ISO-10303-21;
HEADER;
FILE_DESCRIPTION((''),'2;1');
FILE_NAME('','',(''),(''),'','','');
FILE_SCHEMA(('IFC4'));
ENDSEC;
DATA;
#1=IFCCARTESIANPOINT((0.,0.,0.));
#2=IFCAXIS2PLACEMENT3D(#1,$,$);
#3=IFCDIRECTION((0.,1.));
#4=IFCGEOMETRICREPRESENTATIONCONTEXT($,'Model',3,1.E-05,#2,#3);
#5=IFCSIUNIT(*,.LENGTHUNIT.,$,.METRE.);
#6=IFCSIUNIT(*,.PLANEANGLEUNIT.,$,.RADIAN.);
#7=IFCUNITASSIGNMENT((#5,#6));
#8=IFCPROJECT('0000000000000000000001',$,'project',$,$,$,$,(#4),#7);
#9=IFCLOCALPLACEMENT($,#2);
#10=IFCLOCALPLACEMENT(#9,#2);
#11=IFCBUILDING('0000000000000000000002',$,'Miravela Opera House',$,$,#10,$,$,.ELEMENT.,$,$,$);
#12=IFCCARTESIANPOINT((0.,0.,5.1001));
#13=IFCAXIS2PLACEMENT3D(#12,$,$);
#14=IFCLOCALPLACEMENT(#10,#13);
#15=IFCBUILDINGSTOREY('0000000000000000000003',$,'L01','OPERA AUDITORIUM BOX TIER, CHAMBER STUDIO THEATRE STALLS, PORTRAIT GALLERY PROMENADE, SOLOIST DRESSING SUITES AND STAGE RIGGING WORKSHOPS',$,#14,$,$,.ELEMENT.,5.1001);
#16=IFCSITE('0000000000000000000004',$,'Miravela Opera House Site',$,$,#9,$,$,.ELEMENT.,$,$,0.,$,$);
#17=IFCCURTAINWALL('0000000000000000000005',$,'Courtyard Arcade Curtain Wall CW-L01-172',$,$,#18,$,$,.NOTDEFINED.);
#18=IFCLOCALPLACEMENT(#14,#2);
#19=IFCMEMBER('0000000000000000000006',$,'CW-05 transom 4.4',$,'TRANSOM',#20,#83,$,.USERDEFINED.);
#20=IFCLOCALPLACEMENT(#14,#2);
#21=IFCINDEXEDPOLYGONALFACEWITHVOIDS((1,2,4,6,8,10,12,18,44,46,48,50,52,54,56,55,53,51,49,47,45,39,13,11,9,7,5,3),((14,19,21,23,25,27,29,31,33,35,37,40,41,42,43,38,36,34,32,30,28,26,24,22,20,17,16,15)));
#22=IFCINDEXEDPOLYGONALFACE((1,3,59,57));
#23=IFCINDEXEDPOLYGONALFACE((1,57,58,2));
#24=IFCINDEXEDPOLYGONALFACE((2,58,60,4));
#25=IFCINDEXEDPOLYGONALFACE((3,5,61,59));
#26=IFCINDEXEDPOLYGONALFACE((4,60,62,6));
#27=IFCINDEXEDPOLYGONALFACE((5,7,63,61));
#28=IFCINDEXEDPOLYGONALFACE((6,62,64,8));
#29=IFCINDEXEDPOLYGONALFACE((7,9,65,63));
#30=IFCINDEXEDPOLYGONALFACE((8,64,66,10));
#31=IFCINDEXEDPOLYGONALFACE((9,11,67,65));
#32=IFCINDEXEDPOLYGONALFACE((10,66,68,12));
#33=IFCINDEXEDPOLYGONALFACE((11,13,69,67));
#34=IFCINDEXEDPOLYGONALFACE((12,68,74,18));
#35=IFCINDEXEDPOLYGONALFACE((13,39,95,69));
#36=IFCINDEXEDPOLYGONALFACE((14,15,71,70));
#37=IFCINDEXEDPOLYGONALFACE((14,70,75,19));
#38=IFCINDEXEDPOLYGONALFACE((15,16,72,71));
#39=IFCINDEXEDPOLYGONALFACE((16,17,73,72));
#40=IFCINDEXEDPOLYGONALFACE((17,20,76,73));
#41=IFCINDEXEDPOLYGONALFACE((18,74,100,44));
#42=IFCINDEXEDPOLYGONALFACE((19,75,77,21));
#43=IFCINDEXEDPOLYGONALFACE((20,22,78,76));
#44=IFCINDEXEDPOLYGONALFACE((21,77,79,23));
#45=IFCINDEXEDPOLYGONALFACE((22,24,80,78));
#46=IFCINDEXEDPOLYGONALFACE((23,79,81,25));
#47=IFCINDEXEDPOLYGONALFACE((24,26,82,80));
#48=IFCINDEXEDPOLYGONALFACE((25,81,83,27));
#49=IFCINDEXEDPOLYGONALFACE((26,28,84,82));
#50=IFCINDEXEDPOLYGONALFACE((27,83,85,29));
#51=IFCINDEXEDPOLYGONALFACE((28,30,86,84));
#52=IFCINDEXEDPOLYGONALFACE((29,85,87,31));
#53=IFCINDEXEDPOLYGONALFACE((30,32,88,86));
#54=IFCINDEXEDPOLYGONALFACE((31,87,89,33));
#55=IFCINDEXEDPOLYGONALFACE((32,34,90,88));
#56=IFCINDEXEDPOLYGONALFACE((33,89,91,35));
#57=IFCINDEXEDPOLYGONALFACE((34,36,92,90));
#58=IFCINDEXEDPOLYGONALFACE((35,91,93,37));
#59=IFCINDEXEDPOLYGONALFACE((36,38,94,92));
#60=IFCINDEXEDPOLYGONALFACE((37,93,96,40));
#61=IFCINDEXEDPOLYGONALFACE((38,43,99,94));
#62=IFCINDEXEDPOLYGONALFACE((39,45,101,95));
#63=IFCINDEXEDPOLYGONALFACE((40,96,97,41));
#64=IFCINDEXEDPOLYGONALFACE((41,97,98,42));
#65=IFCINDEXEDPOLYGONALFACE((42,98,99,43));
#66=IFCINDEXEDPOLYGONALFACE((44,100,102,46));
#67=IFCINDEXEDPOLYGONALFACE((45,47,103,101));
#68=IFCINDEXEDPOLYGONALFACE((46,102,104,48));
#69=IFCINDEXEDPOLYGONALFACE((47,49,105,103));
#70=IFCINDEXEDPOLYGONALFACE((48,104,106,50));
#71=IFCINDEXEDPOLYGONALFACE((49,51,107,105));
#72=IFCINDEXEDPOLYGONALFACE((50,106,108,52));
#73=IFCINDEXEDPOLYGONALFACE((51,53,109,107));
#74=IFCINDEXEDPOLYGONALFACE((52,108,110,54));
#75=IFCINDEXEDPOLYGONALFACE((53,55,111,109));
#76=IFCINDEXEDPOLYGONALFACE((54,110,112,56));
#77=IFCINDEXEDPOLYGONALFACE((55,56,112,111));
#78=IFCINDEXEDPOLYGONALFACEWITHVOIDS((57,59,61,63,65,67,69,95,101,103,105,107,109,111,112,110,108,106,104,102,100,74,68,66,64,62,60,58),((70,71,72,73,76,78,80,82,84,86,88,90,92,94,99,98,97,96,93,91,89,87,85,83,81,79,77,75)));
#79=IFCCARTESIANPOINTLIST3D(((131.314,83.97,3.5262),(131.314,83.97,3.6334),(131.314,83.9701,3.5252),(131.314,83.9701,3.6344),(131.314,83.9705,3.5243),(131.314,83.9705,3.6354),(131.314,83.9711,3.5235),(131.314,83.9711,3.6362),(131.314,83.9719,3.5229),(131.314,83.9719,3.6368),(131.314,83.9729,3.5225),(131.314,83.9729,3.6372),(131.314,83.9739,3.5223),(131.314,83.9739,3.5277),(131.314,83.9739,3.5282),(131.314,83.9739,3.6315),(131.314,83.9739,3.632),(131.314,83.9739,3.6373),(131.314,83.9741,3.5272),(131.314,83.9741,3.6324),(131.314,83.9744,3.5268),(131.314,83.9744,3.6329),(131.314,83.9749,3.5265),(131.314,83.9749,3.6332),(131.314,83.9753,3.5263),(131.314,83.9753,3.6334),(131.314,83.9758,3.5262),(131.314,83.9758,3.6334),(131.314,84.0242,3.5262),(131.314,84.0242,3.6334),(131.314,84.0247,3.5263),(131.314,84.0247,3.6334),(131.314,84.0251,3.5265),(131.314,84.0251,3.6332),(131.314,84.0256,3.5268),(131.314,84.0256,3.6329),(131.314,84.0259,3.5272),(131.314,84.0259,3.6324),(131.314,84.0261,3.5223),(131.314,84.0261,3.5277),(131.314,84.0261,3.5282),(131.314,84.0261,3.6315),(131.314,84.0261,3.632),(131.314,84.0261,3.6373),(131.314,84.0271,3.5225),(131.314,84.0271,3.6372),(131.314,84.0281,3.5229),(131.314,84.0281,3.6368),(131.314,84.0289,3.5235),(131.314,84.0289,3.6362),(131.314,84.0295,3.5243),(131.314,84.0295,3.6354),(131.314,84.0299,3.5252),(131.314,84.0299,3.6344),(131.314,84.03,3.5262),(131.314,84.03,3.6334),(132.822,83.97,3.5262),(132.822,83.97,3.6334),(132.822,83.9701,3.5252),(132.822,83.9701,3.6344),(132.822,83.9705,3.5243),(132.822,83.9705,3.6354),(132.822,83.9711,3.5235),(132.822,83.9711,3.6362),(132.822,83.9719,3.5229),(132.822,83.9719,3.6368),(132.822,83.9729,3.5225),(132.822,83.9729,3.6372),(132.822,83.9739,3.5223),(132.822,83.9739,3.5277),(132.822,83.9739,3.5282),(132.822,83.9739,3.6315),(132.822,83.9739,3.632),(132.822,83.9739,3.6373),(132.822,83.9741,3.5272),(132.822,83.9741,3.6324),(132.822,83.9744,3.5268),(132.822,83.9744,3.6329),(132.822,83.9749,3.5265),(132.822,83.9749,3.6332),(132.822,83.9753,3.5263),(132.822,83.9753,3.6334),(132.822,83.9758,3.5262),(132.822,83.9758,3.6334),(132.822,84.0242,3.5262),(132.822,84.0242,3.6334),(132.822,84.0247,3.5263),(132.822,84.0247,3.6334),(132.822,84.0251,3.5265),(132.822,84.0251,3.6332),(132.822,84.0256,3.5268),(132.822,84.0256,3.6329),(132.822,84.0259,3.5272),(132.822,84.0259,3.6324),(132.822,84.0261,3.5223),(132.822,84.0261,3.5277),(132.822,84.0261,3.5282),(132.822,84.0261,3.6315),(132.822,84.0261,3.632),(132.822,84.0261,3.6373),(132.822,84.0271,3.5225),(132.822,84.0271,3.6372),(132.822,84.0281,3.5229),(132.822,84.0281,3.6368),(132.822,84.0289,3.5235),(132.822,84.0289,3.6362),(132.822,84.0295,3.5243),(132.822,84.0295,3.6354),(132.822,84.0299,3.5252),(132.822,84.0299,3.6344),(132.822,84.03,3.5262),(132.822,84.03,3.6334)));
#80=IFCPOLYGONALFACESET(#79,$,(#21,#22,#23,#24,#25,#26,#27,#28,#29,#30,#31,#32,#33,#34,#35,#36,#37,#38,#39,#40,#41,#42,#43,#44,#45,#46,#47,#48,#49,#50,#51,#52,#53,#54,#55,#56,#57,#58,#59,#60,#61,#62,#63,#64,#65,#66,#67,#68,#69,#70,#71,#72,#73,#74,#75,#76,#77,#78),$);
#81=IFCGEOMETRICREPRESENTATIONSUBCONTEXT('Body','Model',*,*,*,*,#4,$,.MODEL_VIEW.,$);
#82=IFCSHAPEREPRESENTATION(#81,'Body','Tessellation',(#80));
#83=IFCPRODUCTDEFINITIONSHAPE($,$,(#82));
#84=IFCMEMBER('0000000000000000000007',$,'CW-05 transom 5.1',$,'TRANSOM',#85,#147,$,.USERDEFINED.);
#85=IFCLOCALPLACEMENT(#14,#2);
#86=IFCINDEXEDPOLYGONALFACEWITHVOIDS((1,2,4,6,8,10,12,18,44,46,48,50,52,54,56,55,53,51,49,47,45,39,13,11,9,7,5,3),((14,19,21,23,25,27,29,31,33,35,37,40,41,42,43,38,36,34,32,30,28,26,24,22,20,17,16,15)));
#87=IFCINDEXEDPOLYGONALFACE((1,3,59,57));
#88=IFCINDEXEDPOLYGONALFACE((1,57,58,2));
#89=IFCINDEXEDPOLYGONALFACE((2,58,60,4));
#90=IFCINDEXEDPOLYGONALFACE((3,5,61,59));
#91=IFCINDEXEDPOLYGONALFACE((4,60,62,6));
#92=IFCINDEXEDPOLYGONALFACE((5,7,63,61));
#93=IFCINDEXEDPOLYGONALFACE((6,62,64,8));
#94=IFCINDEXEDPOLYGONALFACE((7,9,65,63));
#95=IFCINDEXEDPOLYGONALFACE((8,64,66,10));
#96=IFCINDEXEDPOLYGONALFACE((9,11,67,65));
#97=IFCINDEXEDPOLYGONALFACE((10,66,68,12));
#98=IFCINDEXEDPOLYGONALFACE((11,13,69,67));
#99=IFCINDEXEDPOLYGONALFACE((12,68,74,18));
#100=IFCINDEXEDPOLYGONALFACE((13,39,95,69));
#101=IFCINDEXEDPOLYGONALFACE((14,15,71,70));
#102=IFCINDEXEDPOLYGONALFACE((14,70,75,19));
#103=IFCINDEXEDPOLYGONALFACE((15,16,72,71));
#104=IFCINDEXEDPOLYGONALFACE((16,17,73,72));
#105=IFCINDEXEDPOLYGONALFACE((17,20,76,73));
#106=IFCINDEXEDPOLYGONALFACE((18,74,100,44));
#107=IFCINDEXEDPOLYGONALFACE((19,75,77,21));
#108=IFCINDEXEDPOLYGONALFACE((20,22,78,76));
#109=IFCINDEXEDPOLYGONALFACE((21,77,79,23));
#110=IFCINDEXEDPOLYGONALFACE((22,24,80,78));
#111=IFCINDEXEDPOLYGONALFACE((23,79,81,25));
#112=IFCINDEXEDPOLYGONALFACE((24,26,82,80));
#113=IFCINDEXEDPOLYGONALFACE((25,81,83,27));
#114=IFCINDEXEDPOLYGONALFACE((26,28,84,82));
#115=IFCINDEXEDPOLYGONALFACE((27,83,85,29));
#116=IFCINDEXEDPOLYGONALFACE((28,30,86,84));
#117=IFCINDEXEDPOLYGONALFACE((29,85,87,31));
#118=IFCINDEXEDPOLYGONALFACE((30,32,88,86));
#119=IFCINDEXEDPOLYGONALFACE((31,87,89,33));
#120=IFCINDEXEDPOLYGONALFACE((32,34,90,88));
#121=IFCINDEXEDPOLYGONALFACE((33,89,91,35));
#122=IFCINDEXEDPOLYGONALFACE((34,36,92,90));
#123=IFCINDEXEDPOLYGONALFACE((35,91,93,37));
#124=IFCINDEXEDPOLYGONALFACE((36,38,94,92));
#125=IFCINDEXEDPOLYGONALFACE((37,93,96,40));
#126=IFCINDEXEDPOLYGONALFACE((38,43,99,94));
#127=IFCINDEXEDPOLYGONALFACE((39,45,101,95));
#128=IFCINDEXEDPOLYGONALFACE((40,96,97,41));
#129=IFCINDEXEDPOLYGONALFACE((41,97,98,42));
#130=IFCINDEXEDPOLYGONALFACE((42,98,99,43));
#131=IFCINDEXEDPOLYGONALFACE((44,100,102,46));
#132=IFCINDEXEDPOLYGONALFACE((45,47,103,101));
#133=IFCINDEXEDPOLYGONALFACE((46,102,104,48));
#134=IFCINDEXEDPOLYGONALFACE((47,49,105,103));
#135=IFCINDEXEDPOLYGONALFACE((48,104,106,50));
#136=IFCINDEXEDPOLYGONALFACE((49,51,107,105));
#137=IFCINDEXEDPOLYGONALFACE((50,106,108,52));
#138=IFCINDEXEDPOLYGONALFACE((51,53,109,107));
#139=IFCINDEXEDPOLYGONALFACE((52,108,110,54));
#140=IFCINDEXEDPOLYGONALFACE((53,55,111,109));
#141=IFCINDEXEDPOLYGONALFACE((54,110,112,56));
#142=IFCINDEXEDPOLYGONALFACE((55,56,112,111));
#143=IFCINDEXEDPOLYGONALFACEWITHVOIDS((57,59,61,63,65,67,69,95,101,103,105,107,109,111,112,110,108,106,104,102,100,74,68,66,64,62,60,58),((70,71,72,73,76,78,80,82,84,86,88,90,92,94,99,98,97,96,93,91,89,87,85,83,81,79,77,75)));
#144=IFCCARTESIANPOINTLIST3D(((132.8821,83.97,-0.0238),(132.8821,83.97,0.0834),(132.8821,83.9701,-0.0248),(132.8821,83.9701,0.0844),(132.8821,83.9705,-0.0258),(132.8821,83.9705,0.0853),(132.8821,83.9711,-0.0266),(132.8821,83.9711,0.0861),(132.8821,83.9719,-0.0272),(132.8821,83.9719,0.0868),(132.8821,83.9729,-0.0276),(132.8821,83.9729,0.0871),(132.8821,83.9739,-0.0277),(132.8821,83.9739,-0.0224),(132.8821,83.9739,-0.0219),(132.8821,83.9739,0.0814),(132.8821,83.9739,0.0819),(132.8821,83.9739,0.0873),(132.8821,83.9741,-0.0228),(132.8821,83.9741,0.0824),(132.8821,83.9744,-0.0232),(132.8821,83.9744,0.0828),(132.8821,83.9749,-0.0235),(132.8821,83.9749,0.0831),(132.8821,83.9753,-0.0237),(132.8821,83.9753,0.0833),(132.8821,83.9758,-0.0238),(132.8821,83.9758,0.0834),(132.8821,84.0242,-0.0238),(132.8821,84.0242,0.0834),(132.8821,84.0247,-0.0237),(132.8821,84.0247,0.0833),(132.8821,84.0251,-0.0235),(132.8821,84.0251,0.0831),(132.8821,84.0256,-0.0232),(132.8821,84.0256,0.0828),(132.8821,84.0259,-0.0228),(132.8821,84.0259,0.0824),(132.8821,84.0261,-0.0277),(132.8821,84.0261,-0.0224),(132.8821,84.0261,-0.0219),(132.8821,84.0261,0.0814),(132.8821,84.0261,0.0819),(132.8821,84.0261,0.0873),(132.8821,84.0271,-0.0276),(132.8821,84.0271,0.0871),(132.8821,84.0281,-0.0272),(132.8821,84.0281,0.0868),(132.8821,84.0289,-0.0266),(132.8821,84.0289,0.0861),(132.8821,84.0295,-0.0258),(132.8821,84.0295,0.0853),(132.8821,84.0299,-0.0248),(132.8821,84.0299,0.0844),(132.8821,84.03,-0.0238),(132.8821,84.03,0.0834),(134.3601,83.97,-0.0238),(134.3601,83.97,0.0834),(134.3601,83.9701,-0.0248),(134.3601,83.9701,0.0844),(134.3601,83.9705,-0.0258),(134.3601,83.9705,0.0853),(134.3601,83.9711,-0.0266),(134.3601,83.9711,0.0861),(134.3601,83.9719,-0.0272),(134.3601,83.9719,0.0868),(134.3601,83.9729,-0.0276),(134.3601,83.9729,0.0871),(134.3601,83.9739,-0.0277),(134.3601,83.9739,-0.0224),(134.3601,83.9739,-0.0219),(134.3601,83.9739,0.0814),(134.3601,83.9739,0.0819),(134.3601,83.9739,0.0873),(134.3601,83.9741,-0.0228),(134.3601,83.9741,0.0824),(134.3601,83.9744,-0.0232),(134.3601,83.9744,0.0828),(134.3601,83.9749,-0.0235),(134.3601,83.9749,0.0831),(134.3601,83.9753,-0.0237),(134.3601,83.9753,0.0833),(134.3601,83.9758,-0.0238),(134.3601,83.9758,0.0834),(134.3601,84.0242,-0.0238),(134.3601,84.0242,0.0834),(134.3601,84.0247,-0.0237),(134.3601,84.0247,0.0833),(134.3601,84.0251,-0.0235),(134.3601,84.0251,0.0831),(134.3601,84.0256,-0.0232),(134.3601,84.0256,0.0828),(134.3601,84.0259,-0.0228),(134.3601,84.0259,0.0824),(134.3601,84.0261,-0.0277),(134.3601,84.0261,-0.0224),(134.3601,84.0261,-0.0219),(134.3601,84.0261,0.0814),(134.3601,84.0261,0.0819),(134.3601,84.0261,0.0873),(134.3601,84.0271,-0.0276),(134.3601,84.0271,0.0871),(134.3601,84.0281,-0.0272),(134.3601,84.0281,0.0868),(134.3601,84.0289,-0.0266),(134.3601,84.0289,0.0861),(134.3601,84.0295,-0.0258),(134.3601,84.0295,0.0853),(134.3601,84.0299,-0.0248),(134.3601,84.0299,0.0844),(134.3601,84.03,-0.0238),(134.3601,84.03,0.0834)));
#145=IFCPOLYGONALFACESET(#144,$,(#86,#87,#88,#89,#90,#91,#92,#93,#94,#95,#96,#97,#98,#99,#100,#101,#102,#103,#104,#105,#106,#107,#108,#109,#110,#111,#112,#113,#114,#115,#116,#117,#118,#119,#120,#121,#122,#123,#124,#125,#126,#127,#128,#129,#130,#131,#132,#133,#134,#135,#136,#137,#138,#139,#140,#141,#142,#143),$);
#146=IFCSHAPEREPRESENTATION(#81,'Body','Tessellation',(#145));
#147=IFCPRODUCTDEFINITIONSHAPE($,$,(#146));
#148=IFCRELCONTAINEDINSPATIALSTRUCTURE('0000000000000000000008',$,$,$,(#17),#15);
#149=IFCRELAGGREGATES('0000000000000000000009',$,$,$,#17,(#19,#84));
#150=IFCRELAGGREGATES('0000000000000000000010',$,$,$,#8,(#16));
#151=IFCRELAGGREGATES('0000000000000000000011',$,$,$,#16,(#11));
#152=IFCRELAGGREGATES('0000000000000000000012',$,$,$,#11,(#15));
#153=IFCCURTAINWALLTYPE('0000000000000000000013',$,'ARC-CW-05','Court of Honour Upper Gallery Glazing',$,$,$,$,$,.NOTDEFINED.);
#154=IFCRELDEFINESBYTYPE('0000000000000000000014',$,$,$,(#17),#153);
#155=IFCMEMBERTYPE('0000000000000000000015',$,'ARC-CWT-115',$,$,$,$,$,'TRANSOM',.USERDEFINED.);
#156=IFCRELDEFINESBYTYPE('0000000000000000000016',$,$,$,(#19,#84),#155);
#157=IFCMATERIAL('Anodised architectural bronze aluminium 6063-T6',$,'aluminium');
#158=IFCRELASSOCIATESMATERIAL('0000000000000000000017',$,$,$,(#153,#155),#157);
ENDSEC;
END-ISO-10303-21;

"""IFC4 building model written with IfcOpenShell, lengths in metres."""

from ifc_helpers import new_model, si_unit, direction, frame, origin, origin_2d, place, context, subcontext, project, spatial, hollow_rectangle, extrude, material, material_profile, profile_set, type_object, element, aggregate, save


model = new_model("IFC4")

# Units and contexts
model_context = context("Model", 3, precision=1e-05, world=origin(), true_north=direction((0.0, 1.0)))
body_context = subcontext(model_context, "Body", "Model", "MODEL_VIEW")
ifc_project = project(units=[si_unit("LENGTHUNIT", "METRE"), si_unit("PLANEANGLEUNIT", "RADIAN")], contexts=[model_context])

# Site, building, storey
site_placement = place(None, origin())
site = spatial("IfcSite", under=ifc_project, at=site_placement, Name="Miravela Opera House Site", CompositionType="ELEMENT", RefElevation=0.0)
building_placement = place(site_placement, origin())
building = spatial("IfcBuilding", under=site, at=building_placement, Name="Miravela Opera House", CompositionType="ELEMENT")
storey_placement = place(building_placement, frame((0.0, 0.0, 5.1001)))
storey = spatial("IfcBuildingStorey", under=building, at=storey_placement, Name="L01", Description="OPERA AUDITORIUM BOX TIER, CHAMBER STUDIO THEATRE STALLS, PORTRAIT GALLERY PROMENADE, SOLOIST DRESSING SUITES AND STAGE RIGGING WORKSHOPS", CompositionType="ELEMENT", Elevation=5.1001)

# Curtain wall, members
ifc_material_1 = material(Name="Anodised architectural bronze aluminium 6063-T6", Category="aluminium")
curtain_wall_type = type_object("IfcCurtainWallType", Name="ARC-CW-05", Description="Court of Honour Upper Gallery Glazing", PredefinedType="NOTDEFINED", material=ifc_material_1)
curtain_wall_placement = place(storey_placement, origin())
curtain_wall = element("IfcCurtainWall", 1, at=curtain_wall_placement, inside=storey, type_object=curtain_wall_type, Name="Courtyard Arcade Curtain Wall CW-L01-172", PredefinedType="NOTDEFINED")
ifc_material_profile_1 = material_profile(ifc_material_1, hollow_rectangle(XDim=0.0601, YDim=0.115, WallThickness=0.0039, InnerFilletRadius=0.002, OuterFilletRadius=0.0039, at=origin_2d()), Name="CWT-60X115")
ifc_profile_set_1 = profile_set([ifc_material_profile_1])
member_type_1 = type_object("IfcMemberType", Name="ARC-CWT-115", ElementType="TRANSOM", PredefinedType="USERDEFINED", material=ifc_profile_set_1)
member_1_placement = place(storey_placement, frame((131.314, 84.0, 3.5798), z_axis=(1.0, 0.0, 0.0), x_axis=(0.0, 1.0, 0.0)))
member_1 = element("IfcMember", 2, at=member_1_placement, type_object=member_type_1, Name="CW-05 transom 4.4", ObjectType="TRANSOM", PredefinedType="USERDEFINED", context=body_context, shape_type="SweptSolid", body=[
    extrude(hollow_rectangle(XDim=0.0601, YDim=0.115, WallThickness=0.0039, InnerFilletRadius=0.002, OuterFilletRadius=0.0039, at=origin_2d()), origin(), (0.0, 0.0, 1.0), 1.5081),
])
member_2_placement = place(storey_placement, frame((132.8821, 84.0, 0.0298), z_axis=(1.0, 0.0, 0.0), x_axis=(0.0, 1.0, 0.0)))
member_2 = element("IfcMember", 3, at=member_2_placement, type_object=member_type_1, Name="CW-05 transom 5.1", ObjectType="TRANSOM", PredefinedType="USERDEFINED", context=body_context, shape_type="SweptSolid", body=[
    extrude(hollow_rectangle(XDim=0.0601, YDim=0.115, WallThickness=0.0039, InnerFilletRadius=0.002, OuterFilletRadius=0.0039, at=origin_2d()), origin(), (0.0, 0.0, 1.0), 1.478),
])
aggregate(curtain_wall, [member_1, member_2])

save(model, "model.ifc")
